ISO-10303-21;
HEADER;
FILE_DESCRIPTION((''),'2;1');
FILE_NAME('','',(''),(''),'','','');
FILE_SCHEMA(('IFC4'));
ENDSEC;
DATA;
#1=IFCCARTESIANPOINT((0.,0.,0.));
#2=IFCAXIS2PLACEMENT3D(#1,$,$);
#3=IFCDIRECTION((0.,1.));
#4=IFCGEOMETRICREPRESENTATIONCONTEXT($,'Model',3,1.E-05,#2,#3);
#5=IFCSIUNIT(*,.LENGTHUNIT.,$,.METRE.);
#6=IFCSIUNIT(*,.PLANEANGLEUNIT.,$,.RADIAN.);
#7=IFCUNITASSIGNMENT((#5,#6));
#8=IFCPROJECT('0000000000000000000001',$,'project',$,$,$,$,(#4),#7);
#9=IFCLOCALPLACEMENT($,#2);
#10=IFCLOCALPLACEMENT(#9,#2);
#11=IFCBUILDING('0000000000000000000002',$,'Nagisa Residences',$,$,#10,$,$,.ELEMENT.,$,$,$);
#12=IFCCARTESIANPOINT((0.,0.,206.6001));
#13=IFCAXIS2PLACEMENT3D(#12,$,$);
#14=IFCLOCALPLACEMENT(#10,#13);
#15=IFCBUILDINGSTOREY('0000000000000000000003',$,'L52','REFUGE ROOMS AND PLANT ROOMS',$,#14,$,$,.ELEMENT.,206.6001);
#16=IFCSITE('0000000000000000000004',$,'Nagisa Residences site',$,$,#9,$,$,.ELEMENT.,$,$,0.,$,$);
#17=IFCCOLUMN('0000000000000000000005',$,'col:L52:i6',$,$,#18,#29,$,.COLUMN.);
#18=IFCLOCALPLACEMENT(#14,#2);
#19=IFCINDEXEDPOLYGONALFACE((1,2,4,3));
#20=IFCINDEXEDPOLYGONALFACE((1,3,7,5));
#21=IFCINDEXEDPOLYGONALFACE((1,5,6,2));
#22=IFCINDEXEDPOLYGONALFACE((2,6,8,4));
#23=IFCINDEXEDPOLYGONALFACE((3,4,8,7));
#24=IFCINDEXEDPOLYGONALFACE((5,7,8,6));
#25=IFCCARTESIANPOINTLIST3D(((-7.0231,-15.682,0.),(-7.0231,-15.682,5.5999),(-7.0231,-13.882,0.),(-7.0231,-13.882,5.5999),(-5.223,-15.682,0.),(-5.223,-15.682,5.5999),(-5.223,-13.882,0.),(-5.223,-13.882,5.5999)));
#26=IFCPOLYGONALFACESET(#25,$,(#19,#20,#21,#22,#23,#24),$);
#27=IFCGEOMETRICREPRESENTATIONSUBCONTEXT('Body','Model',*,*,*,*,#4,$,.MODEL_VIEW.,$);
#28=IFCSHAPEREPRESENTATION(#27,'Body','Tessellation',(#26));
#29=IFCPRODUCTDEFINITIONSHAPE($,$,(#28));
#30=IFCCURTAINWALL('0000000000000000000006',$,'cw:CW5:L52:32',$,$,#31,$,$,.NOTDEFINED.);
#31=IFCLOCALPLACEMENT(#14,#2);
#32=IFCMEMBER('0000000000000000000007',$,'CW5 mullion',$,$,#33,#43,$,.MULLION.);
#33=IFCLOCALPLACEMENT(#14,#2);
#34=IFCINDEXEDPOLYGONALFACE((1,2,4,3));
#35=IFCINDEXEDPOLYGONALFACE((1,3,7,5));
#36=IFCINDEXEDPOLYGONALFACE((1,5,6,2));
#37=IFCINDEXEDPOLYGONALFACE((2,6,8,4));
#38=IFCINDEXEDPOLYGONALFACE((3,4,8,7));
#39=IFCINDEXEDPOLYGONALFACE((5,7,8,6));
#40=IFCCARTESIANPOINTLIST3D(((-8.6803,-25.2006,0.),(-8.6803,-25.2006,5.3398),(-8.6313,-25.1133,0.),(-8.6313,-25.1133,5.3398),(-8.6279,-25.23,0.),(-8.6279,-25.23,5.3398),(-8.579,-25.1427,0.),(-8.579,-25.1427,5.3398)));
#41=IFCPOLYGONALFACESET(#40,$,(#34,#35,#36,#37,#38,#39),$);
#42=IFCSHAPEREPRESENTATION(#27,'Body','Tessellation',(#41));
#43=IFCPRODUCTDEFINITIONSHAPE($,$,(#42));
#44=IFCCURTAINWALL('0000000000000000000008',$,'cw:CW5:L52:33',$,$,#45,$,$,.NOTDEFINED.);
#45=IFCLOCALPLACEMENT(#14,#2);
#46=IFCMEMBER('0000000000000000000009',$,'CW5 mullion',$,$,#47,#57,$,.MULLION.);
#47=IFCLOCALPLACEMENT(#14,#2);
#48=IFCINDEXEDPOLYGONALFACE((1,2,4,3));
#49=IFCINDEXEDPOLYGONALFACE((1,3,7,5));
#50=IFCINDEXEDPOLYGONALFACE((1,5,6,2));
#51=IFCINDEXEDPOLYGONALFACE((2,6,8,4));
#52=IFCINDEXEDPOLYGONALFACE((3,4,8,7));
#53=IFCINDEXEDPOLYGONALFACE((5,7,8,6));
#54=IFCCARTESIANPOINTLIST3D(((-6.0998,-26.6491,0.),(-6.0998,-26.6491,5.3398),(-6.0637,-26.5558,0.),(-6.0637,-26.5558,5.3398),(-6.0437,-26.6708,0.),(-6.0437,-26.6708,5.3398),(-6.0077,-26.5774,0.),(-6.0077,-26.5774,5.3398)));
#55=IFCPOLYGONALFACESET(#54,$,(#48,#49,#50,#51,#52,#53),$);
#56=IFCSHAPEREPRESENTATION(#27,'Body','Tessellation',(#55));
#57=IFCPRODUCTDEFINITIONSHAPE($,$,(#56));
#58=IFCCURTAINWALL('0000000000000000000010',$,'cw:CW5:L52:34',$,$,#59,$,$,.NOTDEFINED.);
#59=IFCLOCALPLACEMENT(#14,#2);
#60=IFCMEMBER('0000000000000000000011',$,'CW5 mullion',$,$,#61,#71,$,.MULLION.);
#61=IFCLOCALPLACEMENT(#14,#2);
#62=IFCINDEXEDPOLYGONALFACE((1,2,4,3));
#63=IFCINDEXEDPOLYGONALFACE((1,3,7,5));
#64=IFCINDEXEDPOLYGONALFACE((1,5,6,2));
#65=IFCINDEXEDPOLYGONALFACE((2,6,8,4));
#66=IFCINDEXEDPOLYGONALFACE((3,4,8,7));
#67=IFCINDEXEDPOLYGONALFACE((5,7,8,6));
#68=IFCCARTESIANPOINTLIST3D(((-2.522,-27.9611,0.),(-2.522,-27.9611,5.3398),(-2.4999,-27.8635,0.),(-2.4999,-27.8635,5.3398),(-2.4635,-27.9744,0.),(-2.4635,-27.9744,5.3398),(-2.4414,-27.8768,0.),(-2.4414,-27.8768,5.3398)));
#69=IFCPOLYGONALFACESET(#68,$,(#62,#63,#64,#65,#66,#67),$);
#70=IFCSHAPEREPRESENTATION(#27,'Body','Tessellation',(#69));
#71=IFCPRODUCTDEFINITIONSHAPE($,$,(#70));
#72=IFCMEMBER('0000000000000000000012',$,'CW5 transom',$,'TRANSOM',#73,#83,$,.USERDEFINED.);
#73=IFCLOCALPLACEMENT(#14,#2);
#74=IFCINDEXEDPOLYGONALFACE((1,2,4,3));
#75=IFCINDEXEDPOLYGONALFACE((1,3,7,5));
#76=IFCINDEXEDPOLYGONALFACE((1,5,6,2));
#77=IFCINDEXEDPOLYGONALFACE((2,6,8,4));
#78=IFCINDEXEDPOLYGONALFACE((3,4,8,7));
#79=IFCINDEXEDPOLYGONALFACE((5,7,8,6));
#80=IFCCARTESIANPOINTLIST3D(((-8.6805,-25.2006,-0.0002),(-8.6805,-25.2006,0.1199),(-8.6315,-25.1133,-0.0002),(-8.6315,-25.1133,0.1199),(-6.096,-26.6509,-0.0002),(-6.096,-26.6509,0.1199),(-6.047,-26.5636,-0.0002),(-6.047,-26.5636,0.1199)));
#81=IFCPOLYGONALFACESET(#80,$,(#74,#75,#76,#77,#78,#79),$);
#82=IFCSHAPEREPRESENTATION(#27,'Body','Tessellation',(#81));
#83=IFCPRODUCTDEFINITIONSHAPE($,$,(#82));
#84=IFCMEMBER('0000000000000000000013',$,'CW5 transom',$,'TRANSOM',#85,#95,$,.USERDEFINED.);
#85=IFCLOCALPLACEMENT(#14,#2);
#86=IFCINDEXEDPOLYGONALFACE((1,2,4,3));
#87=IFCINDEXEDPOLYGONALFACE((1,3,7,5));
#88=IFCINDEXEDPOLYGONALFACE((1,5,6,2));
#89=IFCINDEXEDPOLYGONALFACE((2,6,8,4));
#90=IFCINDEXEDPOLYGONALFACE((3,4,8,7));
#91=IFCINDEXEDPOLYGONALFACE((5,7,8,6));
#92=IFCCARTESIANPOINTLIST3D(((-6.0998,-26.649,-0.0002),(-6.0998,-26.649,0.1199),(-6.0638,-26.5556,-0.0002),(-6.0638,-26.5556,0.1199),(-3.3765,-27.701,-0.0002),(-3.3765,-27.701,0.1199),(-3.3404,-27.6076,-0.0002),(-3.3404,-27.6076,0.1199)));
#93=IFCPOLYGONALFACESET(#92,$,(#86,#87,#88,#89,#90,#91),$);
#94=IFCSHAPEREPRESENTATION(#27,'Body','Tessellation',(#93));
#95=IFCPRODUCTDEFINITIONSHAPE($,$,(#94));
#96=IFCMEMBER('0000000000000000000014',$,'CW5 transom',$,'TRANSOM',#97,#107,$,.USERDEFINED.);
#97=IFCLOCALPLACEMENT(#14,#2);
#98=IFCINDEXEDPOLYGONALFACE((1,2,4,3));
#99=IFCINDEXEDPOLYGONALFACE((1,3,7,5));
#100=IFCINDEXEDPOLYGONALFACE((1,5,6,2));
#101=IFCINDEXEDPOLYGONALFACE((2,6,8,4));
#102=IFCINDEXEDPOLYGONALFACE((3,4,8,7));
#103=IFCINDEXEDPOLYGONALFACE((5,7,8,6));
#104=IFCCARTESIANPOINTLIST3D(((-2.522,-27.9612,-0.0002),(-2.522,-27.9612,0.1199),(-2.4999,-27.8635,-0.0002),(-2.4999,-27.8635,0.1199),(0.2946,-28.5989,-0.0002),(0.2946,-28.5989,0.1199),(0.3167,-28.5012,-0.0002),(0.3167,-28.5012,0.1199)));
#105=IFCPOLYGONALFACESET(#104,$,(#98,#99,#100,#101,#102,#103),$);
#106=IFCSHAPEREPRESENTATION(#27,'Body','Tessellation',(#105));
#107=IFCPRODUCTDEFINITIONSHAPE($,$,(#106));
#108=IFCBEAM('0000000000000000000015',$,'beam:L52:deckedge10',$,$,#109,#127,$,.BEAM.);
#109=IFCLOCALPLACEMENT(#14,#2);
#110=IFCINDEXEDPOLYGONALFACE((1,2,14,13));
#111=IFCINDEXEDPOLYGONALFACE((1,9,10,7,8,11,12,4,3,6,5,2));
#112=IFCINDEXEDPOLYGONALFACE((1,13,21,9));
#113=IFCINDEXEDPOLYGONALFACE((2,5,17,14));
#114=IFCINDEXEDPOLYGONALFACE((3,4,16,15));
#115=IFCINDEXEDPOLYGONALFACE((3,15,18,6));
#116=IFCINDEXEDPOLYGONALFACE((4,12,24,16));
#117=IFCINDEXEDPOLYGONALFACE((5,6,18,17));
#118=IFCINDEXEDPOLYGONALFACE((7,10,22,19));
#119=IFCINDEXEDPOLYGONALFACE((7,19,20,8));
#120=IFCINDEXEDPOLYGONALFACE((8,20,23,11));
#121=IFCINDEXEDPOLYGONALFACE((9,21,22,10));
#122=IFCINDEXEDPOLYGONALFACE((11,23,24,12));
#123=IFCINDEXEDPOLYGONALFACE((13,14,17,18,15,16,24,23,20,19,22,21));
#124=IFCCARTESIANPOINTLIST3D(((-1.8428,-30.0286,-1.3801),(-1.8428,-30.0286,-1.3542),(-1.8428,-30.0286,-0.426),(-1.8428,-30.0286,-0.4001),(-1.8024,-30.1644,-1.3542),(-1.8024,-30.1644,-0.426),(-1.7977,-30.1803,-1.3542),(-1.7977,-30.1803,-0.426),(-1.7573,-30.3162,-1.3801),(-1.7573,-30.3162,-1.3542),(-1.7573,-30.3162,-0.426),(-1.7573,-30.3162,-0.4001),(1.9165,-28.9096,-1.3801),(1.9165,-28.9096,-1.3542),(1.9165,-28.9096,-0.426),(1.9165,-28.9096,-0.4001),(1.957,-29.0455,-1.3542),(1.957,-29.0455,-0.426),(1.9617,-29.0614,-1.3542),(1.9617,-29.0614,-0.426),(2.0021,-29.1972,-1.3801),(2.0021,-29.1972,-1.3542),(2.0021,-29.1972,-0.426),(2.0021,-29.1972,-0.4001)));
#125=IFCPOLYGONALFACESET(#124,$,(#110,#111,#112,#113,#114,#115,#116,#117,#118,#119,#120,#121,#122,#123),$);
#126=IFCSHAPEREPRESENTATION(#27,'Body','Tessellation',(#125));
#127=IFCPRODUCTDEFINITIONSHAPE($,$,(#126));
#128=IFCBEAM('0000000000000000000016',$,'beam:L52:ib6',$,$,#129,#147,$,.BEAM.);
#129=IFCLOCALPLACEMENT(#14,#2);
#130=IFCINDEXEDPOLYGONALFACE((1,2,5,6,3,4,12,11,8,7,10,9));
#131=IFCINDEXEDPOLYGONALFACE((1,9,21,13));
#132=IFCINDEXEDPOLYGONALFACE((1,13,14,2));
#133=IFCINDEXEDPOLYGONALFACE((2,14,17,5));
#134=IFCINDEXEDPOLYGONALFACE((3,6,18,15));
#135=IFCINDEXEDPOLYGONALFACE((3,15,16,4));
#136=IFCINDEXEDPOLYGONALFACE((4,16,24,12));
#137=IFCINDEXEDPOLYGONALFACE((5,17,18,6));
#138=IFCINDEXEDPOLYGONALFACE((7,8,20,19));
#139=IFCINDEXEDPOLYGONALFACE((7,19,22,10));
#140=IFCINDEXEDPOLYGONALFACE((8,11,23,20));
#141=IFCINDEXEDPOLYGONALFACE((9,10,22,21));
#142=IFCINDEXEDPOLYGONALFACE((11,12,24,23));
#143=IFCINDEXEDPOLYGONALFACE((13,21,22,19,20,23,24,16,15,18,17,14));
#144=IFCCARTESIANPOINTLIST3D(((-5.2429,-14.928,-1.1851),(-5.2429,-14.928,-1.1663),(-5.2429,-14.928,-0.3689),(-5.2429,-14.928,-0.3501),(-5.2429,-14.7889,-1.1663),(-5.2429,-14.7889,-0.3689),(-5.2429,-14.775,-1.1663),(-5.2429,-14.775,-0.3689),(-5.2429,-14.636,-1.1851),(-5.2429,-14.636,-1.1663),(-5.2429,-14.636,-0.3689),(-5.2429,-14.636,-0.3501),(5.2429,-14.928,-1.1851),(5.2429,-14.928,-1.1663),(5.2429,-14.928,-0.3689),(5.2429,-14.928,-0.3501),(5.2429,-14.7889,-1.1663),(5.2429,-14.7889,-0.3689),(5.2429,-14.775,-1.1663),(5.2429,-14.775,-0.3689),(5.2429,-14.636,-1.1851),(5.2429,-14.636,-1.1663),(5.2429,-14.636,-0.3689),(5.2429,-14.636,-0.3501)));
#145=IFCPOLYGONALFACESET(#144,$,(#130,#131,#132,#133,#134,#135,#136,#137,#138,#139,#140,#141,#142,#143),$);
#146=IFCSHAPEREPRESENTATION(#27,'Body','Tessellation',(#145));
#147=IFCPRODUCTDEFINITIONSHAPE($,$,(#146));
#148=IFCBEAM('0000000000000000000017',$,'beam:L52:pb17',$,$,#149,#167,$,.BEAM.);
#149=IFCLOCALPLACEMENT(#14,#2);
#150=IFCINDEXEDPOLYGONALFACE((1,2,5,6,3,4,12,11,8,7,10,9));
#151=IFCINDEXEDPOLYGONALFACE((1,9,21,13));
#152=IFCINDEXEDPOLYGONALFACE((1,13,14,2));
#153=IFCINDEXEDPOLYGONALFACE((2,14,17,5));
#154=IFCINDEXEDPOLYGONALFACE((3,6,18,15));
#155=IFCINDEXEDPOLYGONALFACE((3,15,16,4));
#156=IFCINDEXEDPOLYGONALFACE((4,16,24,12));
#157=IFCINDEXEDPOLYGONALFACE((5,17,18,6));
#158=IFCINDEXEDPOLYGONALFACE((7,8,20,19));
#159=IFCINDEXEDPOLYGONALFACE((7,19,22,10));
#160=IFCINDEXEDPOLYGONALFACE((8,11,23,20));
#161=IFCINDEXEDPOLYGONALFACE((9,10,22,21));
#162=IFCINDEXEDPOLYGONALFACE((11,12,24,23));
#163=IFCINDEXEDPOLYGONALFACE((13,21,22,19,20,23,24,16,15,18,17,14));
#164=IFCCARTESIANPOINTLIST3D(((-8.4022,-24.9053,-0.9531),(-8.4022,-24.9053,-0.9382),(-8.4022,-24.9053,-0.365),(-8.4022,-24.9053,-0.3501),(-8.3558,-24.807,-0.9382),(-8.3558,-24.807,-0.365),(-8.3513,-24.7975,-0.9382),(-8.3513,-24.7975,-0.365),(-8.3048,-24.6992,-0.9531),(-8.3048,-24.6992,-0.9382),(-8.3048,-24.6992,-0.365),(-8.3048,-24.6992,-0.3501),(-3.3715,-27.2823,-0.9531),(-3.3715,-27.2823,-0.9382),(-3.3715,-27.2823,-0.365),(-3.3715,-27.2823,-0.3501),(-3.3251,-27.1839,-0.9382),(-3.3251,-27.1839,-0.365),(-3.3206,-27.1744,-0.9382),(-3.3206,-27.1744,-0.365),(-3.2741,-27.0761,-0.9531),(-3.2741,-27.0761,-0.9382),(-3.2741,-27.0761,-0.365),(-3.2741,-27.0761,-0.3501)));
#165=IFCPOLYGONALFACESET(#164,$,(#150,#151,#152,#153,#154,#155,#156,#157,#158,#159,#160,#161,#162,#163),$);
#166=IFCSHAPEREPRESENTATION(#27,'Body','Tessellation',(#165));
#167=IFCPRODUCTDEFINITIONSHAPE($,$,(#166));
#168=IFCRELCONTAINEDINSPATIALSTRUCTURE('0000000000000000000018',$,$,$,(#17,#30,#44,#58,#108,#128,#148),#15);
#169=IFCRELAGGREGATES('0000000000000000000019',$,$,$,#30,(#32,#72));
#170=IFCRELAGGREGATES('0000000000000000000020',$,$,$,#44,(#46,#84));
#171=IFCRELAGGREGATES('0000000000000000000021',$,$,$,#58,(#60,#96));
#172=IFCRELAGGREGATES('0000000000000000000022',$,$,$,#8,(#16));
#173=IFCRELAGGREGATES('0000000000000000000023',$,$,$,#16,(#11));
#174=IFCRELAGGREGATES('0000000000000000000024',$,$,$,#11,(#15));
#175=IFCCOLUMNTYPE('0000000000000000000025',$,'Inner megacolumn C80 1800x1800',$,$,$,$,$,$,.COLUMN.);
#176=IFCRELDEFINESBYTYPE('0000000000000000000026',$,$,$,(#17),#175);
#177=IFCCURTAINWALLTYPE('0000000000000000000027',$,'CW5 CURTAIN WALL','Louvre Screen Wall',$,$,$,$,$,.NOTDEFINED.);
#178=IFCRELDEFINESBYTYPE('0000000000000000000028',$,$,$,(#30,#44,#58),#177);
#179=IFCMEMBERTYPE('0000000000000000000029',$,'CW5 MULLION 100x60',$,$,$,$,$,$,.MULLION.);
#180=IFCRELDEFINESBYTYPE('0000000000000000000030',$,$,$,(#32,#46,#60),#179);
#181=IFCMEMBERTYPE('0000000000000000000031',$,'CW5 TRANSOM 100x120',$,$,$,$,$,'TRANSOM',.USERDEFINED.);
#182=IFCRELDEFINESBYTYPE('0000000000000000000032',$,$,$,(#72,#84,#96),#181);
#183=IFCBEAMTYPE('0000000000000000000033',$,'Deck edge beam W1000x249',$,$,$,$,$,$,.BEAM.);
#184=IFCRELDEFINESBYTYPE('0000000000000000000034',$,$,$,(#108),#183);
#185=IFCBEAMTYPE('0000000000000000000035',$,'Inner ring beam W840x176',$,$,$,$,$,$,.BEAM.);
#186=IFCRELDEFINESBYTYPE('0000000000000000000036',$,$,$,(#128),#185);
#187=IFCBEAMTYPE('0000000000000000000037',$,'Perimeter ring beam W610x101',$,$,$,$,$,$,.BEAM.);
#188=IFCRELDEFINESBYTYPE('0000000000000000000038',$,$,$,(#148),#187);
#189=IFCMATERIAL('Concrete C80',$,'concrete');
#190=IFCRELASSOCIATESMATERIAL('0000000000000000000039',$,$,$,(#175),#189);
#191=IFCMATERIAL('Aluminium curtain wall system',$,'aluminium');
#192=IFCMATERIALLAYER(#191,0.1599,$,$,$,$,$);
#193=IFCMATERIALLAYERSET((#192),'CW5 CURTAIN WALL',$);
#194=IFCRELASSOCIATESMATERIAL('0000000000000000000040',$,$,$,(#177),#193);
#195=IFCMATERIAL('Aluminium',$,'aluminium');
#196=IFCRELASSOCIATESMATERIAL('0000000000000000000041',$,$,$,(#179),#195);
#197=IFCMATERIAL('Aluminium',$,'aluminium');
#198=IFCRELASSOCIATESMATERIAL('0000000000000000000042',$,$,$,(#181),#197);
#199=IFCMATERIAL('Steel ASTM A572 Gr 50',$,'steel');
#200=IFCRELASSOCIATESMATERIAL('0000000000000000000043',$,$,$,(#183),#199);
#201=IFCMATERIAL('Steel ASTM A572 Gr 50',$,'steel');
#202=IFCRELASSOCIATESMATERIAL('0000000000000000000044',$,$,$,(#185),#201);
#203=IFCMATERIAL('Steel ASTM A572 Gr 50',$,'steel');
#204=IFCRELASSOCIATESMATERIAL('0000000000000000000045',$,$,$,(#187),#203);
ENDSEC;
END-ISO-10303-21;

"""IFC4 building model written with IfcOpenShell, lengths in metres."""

from ifc_helpers import new_model, si_unit, direction, frame, origin, origin_2d, place, context, subcontext, project, spatial, rectangle, i_section, extrude, material, layer, layer_set, material_profile, profile_set, type_object, element, aggregate, save


model = new_model("IFC4")

# Units and contexts
model_context = context("Model", 3, precision=1e-05, world=origin(), true_north=direction((0.0, 1.0)))
body_context = subcontext(model_context, "Body", "Model", "MODEL_VIEW")
ifc_project = project(units=[si_unit("LENGTHUNIT", "METRE"), si_unit("PLANEANGLEUNIT", "RADIAN")], contexts=[model_context])

# Site, building, storey
site_placement = place(None, origin())
site = spatial("IfcSite", under=ifc_project, at=site_placement, Name="Nagisa Residences site", CompositionType="ELEMENT", RefElevation=0.0)
building_placement = place(site_placement, origin())
building = spatial("IfcBuilding", under=site, at=building_placement, Name="Nagisa Residences", CompositionType="ELEMENT")
storey_placement = place(building_placement, frame((0.0, 0.0, 206.6001)))
storey = spatial("IfcBuildingStorey", under=building, at=storey_placement, Name="L52", Description="REFUGE ROOMS AND PLANT ROOMS", CompositionType="ELEMENT", Elevation=206.6001)

# Column
ifc_material_1 = material(Name="Concrete C80", Category="concrete")
ifc_material_profile_1 = material_profile(ifc_material_1, rectangle(XDim=1.8, YDim=1.8, at=origin_2d()), Name="C80 1800x1800")
ifc_profile_set_1 = profile_set([ifc_material_profile_1], Name="Concrete C80")
column_type = type_object("IfcColumnType", Name="Inner megacolumn C80 1800x1800", PredefinedType="COLUMN", material=ifc_profile_set_1)
column_placement = place(storey_placement, frame((-6.123, -14.782, 0.0), z_axis=(0.0, 0.0, 1.0), x_axis=(1.0, 0.0, 0.0)))
element("IfcColumn", 1, at=column_placement, inside=storey, type_object=column_type, Name="col:L52:i6", PredefinedType="COLUMN", context=body_context, shape_type="SweptSolid", body=[
    extrude(rectangle(XDim=1.8, YDim=1.8, at=origin_2d()), origin(), (0.0, 0.0, 1.0), 5.5999),
])

# Curtain walls, members
ifc_material_2 = material(Name="Aluminium curtain wall system", Category="aluminium")
ifc_layer_1 = layer(ifc_material_2, 0.1599)
ifc_layer_set_1 = layer_set([ifc_layer_1], Name="CW5 CURTAIN WALL")
curtain_wall_type = type_object("IfcCurtainWallType", Name="CW5 CURTAIN WALL", Description="Louvre Screen Wall", PredefinedType="NOTDEFINED", material=ifc_layer_set_1)
curtain_wall_1_placement = place(storey_placement, origin())
curtain_wall_1 = element("IfcCurtainWall", 2, at=curtain_wall_1_placement, inside=storey, type_object=curtain_wall_type, Name="cw:CW5:L52:32", PredefinedType="NOTDEFINED")
ifc_material_3 = material(Name="Aluminium", Category="aluminium")
ifc_material_profile_2 = material_profile(ifc_material_3, rectangle(XDim=0.1001, YDim=0.0601, at=origin_2d()), Name="CW5 MULLION 100x60")
ifc_profile_set_2 = profile_set([ifc_material_profile_2], Name="Aluminium")
member_type_1 = type_object("IfcMemberType", Name="CW5 MULLION 100x60", PredefinedType="MULLION", material=ifc_profile_set_2)
member_1_placement = place(storey_placement, frame((-8.6296, -25.1716, 0.0), z_axis=(0.0, 0.0, 1.0), x_axis=(0.489377, 0.872072, 0.0)))
member_1 = element("IfcMember", 3, at=member_1_placement, type_object=member_type_1, Name="CW5 mullion", PredefinedType="MULLION", context=body_context, shape_type="SweptSolid", body=[
    extrude(rectangle(XDim=0.1001, YDim=0.0601, at=origin_2d()), origin(), (0.0, 0.0, 1.0), 5.3398),
])
curtain_wall_2_placement = place(storey_placement, origin())
curtain_wall_2 = element("IfcCurtainWall", 4, at=curtain_wall_2_placement, inside=storey, type_object=curtain_wall_type, Name="cw:CW5:L52:33", PredefinedType="NOTDEFINED")
member_2_placement = place(storey_placement, frame((-6.0537, -26.6133, 0.0), z_axis=(0.0, 0.0, 1.0), x_axis=(0.360328, 0.932826, 0.0)))
member_2 = element("IfcMember", 5, at=member_2_placement, type_object=member_type_1, Name="CW5 mullion", PredefinedType="MULLION", context=body_context, shape_type="SweptSolid", body=[
    extrude(rectangle(XDim=0.1001, YDim=0.0601, at=origin_2d()), origin(), (0.0, 0.0, 1.0), 5.3398),
])
curtain_wall_3_placement = place(storey_placement, origin())
curtain_wall_3 = element("IfcCurtainWall", 6, at=curtain_wall_3_placement, inside=storey, type_object=curtain_wall_type, Name="cw:CW5:L52:34", PredefinedType="NOTDEFINED")
member_3_placement = place(storey_placement, frame((-2.4817, -27.9189, 0.0), z_axis=(0.0, 0.0, 1.0), x_axis=(0.220764, 0.975327, 0.0)))
member_3 = element("IfcMember", 7, at=member_3_placement, type_object=member_type_1, Name="CW5 mullion", PredefinedType="MULLION", context=body_context, shape_type="SweptSolid", body=[
    extrude(rectangle(XDim=0.1001, YDim=0.0601, at=origin_2d()), origin(), (0.0, 0.0, 1.0), 5.3398),
])

# Members
ifc_material_4 = material(Name="Aluminium", Category="aluminium")
ifc_material_profile_3 = material_profile(ifc_material_4, rectangle(XDim=0.1001, YDim=0.1201, at=origin_2d()), Name="CW5 TRANSOM 100x120")
ifc_profile_set_3 = profile_set([ifc_material_profile_3], Name="Aluminium")
member_type_2 = type_object("IfcMemberType", Name="CW5 TRANSOM 100x120", ElementType="TRANSOM", PredefinedType="USERDEFINED", material=ifc_profile_set_3)
member_4_placement = place(storey_placement, frame((-8.656, -25.157, 0.0598), z_axis=(0.87209, -0.489346, 0.0), x_axis=(0.489346, 0.87209, 0.0)))
member_4 = element("IfcMember", 8, at=member_4_placement, type_object=member_type_2, Name="CW5 transom", ObjectType="TRANSOM", PredefinedType="USERDEFINED", context=body_context, shape_type="SweptSolid", body=[
    extrude(rectangle(XDim=0.1001, YDim=0.1201, at=origin_2d()), origin(), (0.0, 0.0, 1.0), 2.9636),
])
aggregate(curtain_wall_1, [member_1, member_4])
member_5_placement = place(storey_placement, frame((-6.0818, -26.6023, 0.0598), z_axis=(0.932823, -0.360335, 0.0), x_axis=(0.360335, 0.932823, 0.0)))
member_5 = element("IfcMember", 9, at=member_5_placement, type_object=member_type_2, Name="CW5 transom", ObjectType="TRANSOM", PredefinedType="USERDEFINED", context=body_context, shape_type="SweptSolid", body=[
    extrude(rectangle(XDim=0.1001, YDim=0.1201, at=origin_2d()), origin(), (0.0, 0.0, 1.0), 2.9194),
])
aggregate(curtain_wall_2, [member_2, member_5])
member_6_placement = place(storey_placement, frame((-2.511, -27.9124, 0.0598), z_axis=(0.975316, -0.220814, 0.0), x_axis=(0.220814, 0.975316, 0.0)))
member_6 = element("IfcMember", 10, at=member_6_placement, type_object=member_type_2, Name="CW5 transom", ObjectType="TRANSOM", PredefinedType="USERDEFINED", context=body_context, shape_type="SweptSolid", body=[
    extrude(rectangle(XDim=0.1001, YDim=0.1201, at=origin_2d()), origin(), (0.0, 0.0, 1.0), 2.8879),
])
aggregate(curtain_wall_3, [member_3, member_6])

# Beams
ifc_material_5 = material(Name="Steel ASTM A572 Gr 50", Category="steel")
ifc_material_profile_4 = material_profile(ifc_material_5, i_section(OverallWidth=0.3, OverallDepth=0.98, WebThickness=0.0166, FlangeThickness=0.0259, at=origin_2d()), Name="W1000x249")
ifc_profile_set_4 = profile_set([ifc_material_profile_4], Name="Steel ASTM A572 Gr 50")
beam_type_1 = type_object("IfcBeamType", Name="Deck edge beam W1000x249", PredefinedType="BEAM", material=ifc_profile_set_4)
beam_1_placement = place(storey_placement, frame((-1.8, -30.1724, -0.8901), z_axis=(0.958448, 0.285269, 0.0), x_axis=(-0.285269, 0.958448, 0.0)))
element("IfcBeam", 11, at=beam_1_placement, inside=storey, type_object=beam_type_1, Name="beam:L52:deckedge10", PredefinedType="BEAM", context=body_context, shape_type="SweptSolid", body=[
    extrude(i_section(OverallWidth=0.3, OverallDepth=0.98, WebThickness=0.0166, FlangeThickness=0.0259, at=origin_2d()), origin(), (0.0, 0.0, 1.0), 3.9224),
])
ifc_material_6 = material(Name="Steel ASTM A572 Gr 50", Category="steel")
ifc_material_profile_5 = material_profile(ifc_material_6, i_section(OverallWidth=0.292, OverallDepth=0.835, WebThickness=0.0139, FlangeThickness=0.0188, at=origin_2d()), Name="W840x176")
ifc_profile_set_5 = profile_set([ifc_material_profile_5], Name="Steel ASTM A572 Gr 50")
beam_type_2 = type_object("IfcBeamType", Name="Inner ring beam W840x176", PredefinedType="BEAM", material=ifc_profile_set_5)
beam_2_placement = place(storey_placement, frame((-5.2429, -14.782, -0.7676), z_axis=(1.0, 0.0, 0.0), x_axis=(0.0, 1.0, 0.0)))
element("IfcBeam", 12, at=beam_2_placement, inside=storey, type_object=beam_type_2, Name="beam:L52:ib6", PredefinedType="BEAM", context=body_context, shape_type="SweptSolid", body=[
    extrude(i_section(OverallWidth=0.292, OverallDepth=0.835, WebThickness=0.0139, FlangeThickness=0.0188, at=origin_2d()), origin(), (0.0, 0.0, 1.0), 10.4858),
])
ifc_material_7 = material(Name="Steel ASTM A572 Gr 50", Category="steel")
ifc_material_profile_6 = material_profile(ifc_material_7, i_section(OverallWidth=0.228, OverallDepth=0.603, WebThickness=0.0105, FlangeThickness=0.0149, at=origin_2d()), Name="W610x101")
ifc_profile_set_6 = profile_set([ifc_material_profile_6], Name="Steel ASTM A572 Gr 50")
beam_type_3 = type_object("IfcBeamType", Name="Perimeter ring beam W610x101", PredefinedType="BEAM", material=ifc_profile_set_6)
beam_3_placement = place(storey_placement, frame((-8.3535, -24.8022, -0.6516), z_axis=(0.904157, -0.4272, 0.0), x_axis=(0.4272, 0.904157, 0.0)))
element("IfcBeam", 13, at=beam_3_placement, inside=storey, type_object=beam_type_3, Name="beam:L52:pb17", PredefinedType="BEAM", context=body_context, shape_type="SweptSolid", body=[
    extrude(i_section(OverallWidth=0.228, OverallDepth=0.603, WebThickness=0.0105, FlangeThickness=0.0149, at=origin_2d()), origin(), (0.0, 0.0, 1.0), 5.564),
])

save(model, "model.ifc")
